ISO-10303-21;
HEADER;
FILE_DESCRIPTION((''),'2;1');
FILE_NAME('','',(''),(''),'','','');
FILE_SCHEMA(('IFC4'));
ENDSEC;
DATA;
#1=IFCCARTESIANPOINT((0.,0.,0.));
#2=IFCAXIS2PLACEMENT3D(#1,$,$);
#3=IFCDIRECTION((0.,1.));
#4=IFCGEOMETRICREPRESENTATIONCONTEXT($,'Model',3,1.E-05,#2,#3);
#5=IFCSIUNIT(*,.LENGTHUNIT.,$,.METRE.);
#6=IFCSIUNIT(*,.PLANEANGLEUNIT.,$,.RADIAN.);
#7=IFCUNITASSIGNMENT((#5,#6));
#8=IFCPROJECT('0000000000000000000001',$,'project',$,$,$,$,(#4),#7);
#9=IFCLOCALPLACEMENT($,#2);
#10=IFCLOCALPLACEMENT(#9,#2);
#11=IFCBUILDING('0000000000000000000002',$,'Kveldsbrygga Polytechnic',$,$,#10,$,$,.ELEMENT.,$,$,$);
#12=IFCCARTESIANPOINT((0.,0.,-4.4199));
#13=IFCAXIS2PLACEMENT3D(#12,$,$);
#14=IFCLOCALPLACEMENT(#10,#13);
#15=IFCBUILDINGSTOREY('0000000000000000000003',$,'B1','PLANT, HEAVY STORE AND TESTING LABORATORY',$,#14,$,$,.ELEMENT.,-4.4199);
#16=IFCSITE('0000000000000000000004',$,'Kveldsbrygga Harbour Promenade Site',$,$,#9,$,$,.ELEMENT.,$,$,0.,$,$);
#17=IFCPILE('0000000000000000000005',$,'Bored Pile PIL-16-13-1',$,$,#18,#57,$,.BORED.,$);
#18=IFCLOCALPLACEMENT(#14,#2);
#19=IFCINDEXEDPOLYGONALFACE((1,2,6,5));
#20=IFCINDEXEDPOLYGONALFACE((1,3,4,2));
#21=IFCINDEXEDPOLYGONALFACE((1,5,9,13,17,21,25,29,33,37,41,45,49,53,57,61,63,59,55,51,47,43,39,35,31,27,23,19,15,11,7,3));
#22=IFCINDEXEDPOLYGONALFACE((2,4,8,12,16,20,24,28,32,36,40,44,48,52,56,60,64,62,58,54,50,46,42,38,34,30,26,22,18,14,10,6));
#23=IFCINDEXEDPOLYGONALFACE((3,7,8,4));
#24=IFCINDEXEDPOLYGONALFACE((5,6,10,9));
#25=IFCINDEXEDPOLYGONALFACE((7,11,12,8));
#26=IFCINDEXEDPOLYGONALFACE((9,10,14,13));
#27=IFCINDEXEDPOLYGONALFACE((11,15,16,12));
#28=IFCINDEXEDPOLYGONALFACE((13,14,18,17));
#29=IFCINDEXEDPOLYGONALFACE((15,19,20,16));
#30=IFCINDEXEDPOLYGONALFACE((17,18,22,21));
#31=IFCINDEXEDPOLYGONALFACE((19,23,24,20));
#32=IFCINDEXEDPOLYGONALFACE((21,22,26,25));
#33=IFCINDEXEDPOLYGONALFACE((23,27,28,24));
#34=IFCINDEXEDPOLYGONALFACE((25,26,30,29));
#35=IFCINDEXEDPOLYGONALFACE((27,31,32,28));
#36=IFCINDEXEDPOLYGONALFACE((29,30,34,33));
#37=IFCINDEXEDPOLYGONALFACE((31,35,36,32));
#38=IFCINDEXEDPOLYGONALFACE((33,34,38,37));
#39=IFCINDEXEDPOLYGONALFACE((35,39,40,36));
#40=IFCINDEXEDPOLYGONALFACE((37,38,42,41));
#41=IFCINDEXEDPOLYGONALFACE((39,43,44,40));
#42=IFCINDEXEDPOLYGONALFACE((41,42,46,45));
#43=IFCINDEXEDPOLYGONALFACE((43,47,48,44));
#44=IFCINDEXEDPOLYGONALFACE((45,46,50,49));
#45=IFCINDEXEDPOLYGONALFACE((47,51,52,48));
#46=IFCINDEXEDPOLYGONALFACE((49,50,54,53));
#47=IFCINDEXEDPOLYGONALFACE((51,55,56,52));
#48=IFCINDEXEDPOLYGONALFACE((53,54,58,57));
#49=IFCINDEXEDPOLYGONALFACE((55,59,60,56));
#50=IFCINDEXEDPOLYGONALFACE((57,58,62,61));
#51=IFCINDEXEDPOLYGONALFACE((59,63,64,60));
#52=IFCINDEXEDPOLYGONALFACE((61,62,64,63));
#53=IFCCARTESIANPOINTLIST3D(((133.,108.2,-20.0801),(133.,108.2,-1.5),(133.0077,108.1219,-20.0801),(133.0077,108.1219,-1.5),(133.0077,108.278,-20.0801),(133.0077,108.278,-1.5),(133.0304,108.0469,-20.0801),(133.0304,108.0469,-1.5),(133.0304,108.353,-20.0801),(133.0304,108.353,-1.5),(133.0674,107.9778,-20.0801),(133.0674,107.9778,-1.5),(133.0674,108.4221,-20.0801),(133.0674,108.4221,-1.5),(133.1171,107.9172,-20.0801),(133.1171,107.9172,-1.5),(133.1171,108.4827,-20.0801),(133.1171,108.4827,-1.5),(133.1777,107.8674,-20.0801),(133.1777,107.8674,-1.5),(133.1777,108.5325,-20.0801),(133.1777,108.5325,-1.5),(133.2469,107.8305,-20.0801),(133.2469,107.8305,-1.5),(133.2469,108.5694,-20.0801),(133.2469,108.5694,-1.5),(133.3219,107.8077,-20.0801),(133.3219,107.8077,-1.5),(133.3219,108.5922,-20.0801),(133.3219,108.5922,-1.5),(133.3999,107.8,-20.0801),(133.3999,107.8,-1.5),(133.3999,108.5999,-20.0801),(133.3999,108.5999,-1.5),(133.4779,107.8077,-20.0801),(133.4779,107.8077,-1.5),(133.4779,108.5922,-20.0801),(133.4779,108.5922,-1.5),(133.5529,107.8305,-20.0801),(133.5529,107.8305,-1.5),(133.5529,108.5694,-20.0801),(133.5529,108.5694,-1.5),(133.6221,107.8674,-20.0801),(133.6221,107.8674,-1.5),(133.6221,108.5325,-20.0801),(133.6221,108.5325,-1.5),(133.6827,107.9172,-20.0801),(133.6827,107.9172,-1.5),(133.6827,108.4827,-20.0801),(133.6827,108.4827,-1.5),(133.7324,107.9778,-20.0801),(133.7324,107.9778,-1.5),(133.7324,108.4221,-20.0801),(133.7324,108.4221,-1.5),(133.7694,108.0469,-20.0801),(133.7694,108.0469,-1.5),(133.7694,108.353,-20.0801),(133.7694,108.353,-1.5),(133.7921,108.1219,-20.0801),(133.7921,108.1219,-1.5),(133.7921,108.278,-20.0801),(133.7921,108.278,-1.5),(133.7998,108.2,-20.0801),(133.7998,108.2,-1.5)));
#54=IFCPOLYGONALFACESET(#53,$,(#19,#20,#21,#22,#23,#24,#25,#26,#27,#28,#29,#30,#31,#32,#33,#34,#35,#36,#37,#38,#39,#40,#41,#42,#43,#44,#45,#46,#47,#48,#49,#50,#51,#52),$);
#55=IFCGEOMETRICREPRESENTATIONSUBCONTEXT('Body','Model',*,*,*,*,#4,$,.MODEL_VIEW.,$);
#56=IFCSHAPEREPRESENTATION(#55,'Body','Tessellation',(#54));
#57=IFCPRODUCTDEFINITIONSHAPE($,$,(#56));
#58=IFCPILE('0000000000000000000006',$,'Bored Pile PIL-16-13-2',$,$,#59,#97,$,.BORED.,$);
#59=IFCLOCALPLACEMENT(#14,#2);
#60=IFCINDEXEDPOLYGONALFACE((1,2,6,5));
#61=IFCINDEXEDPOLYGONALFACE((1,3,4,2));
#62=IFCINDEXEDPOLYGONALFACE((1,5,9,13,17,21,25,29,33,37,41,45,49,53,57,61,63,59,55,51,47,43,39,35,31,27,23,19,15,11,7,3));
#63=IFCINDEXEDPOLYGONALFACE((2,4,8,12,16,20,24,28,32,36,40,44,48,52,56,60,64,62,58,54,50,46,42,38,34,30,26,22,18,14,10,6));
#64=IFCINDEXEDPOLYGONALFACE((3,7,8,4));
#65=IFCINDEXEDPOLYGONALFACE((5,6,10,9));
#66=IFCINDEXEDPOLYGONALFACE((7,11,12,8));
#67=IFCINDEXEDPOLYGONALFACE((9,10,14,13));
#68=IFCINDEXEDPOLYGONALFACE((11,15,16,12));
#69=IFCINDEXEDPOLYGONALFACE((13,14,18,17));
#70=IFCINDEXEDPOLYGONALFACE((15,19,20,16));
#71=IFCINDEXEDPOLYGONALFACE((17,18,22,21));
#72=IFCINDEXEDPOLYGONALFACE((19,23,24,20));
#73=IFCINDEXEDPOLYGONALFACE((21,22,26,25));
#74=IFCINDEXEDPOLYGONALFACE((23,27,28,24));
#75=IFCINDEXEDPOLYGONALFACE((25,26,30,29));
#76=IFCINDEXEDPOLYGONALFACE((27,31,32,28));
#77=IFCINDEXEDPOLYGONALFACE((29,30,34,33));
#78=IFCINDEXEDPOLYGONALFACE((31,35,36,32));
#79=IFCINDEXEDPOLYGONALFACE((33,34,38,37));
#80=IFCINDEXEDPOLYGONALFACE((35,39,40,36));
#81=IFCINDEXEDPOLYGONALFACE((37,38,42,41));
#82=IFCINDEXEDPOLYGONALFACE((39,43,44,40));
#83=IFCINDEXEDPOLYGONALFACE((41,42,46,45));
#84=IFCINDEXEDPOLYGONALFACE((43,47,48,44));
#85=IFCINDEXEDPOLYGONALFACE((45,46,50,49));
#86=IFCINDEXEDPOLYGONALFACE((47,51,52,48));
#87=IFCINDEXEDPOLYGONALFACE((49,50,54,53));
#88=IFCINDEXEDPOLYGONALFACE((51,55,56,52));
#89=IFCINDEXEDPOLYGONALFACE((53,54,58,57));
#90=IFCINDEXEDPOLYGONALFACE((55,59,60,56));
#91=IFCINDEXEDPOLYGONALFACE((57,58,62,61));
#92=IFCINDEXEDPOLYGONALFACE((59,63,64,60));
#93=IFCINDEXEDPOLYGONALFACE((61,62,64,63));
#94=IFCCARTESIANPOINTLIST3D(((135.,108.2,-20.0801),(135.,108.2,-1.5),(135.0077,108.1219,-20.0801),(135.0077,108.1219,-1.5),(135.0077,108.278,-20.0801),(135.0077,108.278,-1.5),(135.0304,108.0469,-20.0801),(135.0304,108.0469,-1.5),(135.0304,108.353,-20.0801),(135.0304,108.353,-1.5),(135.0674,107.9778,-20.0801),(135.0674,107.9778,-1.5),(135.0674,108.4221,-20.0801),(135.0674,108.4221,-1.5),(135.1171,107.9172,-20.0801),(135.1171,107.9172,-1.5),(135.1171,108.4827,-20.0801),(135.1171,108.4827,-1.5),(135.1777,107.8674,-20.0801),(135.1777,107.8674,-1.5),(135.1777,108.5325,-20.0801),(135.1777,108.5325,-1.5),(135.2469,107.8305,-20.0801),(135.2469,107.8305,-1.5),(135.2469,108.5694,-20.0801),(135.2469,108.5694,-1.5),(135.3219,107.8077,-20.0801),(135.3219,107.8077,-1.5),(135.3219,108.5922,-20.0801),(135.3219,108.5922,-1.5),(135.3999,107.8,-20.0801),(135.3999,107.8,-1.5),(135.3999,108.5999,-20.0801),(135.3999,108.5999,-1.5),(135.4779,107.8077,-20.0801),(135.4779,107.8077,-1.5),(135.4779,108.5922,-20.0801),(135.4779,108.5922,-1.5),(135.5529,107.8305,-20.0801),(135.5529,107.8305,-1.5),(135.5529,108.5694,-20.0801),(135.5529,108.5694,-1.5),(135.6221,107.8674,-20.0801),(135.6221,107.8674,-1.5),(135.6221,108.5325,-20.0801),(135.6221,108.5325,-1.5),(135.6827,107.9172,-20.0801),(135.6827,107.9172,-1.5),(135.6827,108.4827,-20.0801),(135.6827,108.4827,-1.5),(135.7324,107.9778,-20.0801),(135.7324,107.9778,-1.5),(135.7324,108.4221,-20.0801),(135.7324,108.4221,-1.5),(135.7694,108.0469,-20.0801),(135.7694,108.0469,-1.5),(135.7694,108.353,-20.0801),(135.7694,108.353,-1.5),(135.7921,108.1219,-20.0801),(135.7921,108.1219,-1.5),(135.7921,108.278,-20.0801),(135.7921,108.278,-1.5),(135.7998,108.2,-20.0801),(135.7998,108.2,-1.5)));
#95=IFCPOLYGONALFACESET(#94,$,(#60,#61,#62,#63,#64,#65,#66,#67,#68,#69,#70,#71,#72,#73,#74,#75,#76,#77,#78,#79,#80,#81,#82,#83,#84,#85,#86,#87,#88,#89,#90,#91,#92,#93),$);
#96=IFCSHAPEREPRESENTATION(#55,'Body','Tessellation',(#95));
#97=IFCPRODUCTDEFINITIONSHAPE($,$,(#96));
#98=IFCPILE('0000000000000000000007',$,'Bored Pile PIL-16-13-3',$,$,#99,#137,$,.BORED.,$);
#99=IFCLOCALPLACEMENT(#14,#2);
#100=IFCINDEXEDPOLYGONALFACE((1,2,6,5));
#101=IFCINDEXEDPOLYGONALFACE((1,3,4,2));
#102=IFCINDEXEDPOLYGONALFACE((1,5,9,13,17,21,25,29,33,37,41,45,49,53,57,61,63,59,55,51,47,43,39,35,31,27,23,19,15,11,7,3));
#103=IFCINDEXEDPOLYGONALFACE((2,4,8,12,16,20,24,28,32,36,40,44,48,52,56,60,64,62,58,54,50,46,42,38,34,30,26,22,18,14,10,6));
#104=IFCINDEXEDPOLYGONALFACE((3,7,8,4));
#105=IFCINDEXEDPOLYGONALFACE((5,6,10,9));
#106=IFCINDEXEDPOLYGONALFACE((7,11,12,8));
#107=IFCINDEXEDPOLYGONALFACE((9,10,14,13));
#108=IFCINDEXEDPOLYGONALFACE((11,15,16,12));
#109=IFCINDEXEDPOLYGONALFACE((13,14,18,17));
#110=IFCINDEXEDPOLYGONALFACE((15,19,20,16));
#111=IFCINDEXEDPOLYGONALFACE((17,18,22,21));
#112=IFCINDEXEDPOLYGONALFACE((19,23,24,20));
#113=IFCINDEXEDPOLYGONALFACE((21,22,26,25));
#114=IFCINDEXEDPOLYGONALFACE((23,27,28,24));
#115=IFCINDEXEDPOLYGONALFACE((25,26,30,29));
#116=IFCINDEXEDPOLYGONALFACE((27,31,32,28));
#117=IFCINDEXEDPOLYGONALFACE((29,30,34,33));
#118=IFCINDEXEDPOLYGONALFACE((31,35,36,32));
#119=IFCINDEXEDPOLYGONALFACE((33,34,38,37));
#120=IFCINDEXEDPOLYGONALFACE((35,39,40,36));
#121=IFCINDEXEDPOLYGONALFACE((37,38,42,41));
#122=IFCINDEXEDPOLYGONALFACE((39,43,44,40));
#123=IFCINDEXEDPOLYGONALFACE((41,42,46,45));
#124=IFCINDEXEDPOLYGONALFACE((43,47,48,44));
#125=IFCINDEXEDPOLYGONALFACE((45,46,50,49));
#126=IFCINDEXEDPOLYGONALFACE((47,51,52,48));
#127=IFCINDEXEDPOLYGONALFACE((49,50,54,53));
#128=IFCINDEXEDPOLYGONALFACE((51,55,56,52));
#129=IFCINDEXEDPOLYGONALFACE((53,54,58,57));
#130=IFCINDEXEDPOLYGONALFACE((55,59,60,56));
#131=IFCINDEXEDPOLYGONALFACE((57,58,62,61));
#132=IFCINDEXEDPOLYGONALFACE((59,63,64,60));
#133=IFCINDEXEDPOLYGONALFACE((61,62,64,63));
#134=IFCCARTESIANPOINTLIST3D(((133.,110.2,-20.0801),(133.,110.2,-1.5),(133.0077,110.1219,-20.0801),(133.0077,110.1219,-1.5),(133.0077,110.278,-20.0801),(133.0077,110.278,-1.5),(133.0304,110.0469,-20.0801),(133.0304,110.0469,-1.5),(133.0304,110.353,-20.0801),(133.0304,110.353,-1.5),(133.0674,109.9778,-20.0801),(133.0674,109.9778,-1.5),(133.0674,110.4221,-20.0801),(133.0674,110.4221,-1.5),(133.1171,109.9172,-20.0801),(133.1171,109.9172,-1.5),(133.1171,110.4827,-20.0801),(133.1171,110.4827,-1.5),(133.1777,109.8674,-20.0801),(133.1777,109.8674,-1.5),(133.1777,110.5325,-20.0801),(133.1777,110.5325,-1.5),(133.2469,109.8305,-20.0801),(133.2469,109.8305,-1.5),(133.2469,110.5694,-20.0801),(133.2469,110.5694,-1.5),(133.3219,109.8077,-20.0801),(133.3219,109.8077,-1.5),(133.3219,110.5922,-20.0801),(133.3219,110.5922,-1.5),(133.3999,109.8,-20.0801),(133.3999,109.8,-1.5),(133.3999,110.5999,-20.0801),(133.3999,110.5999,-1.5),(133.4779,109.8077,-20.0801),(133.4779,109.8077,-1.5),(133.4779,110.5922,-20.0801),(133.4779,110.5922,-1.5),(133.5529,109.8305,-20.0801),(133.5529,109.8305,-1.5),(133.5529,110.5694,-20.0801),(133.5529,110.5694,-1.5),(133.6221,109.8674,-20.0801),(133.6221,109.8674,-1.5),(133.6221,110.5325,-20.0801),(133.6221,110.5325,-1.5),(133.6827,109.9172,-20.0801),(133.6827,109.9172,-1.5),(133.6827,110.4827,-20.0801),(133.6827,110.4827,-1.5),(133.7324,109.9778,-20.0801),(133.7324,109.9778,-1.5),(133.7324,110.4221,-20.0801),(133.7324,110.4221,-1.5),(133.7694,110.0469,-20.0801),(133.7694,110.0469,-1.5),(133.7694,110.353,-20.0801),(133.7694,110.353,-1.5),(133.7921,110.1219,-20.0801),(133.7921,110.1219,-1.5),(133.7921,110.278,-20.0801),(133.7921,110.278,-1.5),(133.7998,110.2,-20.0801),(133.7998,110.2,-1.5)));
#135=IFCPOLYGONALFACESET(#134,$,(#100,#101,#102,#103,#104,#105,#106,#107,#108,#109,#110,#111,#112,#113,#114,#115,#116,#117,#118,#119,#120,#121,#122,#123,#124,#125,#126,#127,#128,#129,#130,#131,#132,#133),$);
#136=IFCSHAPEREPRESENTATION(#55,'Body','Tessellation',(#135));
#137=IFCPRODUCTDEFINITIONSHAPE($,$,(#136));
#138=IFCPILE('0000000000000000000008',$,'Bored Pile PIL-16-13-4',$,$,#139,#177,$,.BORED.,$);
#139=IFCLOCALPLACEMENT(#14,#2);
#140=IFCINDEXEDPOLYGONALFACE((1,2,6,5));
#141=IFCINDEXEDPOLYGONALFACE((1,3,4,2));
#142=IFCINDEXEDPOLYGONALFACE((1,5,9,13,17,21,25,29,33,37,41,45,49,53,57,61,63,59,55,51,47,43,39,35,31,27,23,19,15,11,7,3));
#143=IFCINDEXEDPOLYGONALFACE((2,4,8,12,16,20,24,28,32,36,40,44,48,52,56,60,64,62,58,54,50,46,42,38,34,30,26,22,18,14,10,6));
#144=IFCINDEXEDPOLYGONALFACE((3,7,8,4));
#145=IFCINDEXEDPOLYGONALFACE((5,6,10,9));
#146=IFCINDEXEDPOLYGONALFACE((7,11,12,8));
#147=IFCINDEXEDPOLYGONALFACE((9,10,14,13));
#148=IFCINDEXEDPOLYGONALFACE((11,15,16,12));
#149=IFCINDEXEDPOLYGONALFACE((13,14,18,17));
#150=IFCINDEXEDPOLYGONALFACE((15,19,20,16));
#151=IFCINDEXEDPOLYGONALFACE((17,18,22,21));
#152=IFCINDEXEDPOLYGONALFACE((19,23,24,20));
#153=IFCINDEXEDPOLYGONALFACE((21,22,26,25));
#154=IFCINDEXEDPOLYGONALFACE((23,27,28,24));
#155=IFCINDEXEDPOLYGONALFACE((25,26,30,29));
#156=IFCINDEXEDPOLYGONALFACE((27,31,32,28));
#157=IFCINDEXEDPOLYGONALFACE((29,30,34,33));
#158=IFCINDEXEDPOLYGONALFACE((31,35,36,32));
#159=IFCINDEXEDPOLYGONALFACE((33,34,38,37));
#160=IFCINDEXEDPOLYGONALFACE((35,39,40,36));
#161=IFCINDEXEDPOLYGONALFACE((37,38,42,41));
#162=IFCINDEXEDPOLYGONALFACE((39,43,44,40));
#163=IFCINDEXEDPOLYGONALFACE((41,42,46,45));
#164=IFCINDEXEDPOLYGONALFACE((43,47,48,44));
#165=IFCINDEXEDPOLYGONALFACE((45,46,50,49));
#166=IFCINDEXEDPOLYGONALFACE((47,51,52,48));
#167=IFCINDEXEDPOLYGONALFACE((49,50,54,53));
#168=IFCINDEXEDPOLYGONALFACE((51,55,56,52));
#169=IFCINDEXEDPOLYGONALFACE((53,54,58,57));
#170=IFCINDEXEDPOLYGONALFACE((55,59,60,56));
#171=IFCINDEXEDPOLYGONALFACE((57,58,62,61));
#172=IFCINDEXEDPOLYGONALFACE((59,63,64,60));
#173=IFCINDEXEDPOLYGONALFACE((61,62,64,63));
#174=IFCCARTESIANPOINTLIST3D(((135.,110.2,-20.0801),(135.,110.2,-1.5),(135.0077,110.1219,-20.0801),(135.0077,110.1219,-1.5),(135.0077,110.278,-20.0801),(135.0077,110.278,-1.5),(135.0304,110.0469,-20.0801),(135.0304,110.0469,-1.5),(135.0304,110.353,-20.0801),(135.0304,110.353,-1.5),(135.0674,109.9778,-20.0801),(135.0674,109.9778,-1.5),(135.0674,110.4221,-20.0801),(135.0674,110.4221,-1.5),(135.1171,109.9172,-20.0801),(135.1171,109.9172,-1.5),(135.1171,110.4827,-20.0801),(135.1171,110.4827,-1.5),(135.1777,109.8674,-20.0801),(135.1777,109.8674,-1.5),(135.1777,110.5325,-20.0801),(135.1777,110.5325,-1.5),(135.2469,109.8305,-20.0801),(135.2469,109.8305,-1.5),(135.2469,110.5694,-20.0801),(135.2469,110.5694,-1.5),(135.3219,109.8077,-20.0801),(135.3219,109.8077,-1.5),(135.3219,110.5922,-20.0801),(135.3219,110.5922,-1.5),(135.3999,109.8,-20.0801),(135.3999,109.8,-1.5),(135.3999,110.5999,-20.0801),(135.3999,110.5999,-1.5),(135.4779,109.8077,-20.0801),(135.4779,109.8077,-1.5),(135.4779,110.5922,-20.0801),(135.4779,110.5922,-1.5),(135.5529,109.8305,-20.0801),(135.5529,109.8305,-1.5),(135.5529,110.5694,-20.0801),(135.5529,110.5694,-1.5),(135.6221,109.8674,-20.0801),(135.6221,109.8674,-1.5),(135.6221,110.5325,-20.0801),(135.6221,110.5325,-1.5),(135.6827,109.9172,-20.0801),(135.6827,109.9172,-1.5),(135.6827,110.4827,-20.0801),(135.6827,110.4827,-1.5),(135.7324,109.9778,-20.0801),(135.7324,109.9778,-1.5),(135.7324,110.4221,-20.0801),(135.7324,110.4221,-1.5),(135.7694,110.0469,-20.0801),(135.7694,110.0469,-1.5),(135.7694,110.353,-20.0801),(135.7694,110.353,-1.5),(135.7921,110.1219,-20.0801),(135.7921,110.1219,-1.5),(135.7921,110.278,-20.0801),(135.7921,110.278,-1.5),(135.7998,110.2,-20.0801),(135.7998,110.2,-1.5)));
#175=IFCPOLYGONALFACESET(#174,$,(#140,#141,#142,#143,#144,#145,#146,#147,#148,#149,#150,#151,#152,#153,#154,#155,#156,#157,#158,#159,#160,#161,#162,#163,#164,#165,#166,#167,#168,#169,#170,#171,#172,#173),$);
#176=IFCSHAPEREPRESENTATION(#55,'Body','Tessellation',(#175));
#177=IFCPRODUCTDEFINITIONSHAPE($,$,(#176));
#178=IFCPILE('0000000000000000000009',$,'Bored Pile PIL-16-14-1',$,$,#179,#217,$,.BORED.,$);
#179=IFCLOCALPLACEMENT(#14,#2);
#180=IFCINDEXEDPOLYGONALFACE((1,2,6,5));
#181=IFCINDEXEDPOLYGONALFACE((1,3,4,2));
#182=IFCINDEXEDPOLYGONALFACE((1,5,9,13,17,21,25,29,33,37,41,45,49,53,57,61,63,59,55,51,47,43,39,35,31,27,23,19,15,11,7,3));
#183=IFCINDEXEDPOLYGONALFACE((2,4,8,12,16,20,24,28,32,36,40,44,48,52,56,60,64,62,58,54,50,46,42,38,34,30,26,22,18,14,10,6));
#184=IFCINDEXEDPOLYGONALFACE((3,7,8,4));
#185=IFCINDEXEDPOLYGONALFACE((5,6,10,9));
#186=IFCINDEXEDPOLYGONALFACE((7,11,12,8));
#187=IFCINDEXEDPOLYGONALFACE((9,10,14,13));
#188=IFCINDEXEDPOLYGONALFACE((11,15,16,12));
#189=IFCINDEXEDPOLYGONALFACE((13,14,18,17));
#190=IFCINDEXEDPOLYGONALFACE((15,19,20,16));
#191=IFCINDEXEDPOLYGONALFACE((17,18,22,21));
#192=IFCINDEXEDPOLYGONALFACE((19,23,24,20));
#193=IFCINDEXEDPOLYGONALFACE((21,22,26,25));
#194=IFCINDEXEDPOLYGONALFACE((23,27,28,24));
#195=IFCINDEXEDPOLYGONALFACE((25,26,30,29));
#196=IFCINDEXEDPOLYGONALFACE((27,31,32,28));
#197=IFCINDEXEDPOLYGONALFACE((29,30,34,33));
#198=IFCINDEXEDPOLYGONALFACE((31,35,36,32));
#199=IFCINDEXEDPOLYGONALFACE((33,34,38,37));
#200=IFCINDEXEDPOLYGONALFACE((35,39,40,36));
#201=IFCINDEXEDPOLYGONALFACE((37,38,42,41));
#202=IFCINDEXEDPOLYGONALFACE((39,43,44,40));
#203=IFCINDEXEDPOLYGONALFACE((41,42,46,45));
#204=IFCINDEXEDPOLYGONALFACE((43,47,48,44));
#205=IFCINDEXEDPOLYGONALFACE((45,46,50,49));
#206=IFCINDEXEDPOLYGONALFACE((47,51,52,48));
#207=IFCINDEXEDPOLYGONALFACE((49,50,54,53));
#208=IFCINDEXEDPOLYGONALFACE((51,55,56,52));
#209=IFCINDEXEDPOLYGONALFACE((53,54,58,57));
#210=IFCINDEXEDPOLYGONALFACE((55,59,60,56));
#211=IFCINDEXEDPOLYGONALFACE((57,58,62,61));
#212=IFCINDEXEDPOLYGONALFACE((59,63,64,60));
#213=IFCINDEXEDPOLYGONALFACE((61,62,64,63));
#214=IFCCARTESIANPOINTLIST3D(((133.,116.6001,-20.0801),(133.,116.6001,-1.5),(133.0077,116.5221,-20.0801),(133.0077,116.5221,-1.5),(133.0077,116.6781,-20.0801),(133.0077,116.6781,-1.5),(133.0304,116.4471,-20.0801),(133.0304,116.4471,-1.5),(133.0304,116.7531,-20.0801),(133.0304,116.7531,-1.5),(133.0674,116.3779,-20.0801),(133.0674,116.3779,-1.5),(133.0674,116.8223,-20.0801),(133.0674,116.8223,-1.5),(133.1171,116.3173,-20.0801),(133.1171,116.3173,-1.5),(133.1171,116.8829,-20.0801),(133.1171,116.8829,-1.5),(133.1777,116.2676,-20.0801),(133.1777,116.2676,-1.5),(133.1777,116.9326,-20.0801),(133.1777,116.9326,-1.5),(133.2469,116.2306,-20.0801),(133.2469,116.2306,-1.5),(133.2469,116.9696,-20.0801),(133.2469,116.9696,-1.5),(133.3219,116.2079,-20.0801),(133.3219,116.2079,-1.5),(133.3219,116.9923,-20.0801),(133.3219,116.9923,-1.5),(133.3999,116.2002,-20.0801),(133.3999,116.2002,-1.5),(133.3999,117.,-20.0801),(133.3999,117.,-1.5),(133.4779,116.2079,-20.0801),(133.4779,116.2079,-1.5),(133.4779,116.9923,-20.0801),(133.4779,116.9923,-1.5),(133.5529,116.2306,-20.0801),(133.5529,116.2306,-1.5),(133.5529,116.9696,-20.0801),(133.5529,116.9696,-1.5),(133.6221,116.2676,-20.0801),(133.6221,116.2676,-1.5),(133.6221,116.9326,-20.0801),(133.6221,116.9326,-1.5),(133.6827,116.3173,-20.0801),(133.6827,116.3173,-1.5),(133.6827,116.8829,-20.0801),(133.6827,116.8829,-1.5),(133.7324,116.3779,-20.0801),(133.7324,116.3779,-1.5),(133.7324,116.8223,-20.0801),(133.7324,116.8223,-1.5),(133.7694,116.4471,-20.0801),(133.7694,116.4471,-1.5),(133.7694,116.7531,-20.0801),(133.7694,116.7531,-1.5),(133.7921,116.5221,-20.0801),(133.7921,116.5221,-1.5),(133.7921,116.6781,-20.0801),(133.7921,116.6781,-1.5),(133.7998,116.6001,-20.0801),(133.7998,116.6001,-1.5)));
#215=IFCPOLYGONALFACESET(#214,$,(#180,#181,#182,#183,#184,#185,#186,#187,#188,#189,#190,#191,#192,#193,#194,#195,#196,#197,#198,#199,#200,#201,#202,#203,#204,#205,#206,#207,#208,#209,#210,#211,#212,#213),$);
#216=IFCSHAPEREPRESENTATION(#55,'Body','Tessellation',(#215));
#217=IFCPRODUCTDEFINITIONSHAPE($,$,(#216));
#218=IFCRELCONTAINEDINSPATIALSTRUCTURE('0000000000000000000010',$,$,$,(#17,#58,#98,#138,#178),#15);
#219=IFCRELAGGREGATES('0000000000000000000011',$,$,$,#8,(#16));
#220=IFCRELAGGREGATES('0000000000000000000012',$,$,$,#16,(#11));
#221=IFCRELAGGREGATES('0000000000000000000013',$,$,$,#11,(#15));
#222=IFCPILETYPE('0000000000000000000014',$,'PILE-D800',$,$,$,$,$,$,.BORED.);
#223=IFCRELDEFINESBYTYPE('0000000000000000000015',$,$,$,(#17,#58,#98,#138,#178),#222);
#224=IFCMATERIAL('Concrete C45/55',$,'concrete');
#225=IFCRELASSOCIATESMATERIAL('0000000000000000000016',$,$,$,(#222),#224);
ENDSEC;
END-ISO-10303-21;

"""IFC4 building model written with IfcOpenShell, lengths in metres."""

from ifc_helpers import new_model, si_unit, direction, frame, origin, origin_2d, place, context, subcontext, project, spatial, circle, extrude, material, material_profile, profile_set, type_object, element, save


model = new_model("IFC4")

# Units and contexts
model_context = context("Model", 3, precision=1e-05, world=origin(), true_north=direction((0.0, 1.0)))
body_context = subcontext(model_context, "Body", "Model", "MODEL_VIEW")
ifc_project = project(units=[si_unit("LENGTHUNIT", "METRE"), si_unit("PLANEANGLEUNIT", "RADIAN")], contexts=[model_context])

# Site, building, storey
site_placement = place(None, origin())
site = spatial("IfcSite", under=ifc_project, at=site_placement, Name="Kveldsbrygga Harbour Promenade Site", CompositionType="ELEMENT", RefElevation=0.0)
building_placement = place(site_placement, origin())
building = spatial("IfcBuilding", under=site, at=building_placement, Name="Kveldsbrygga Polytechnic", CompositionType="ELEMENT")
storey_placement = place(building_placement, frame((0.0, 0.0, -4.4199)))
storey = spatial("IfcBuildingStorey", under=building, at=storey_placement, Name="B1", Description="PLANT, HEAVY STORE AND TESTING LABORATORY", CompositionType="ELEMENT", Elevation=-4.4199)

# Shared definitions
ifc_material_1 = material(Name="Concrete C45/55", Category="concrete")

# Piles
ifc_material_profile_1 = material_profile(ifc_material_1, circle(Radius=0.3999, at=origin_2d()), Name="PILE D800")
ifc_profile_set_1 = profile_set([ifc_material_profile_1], Name="Concrete C45/55")
pile_type = type_object("IfcPileType", Name="PILE-D800", PredefinedType="BORED", material=ifc_profile_set_1)
for number, where, z_axis, x_axis, name in (
    (1, (133.3999, 108.2, -1.5), (0.0, 0.0, -1.0), (1.0, 0.0, 0.0), "Bored Pile PIL-16-13-1"),
    (2, (135.3999, 108.2, -1.5), (0.0, 0.0, -1.0), (1.0, 0.0, 0.0), "Bored Pile PIL-16-13-2"),
    (3, (133.3999, 110.2, -1.5), (0.0, 0.0, -1.0), (1.0, 0.0, 0.0), "Bored Pile PIL-16-13-3"),
    (4, (135.3999, 110.2, -1.5), (0.0, 0.0, -1.0), (1.0, 0.0, 0.0), "Bored Pile PIL-16-13-4"),
    (5, (133.3999, 116.6001, -1.5), (0.0, 0.0, -1.0), (1.0, 0.0, 0.0), "Bored Pile PIL-16-14-1"),
):
    element("IfcPile", number, at=place(storey_placement, frame(where, z_axis=z_axis, x_axis=x_axis)), inside=storey, type_object=pile_type, Name=name, PredefinedType="BORED", context=body_context, shape_type="SweptSolid", body=[
        extrude(circle(Radius=0.3999, at=origin_2d()), origin(), (0.0, 0.0, 1.0), 18.5801),
    ])

save(model, "model.ifc")
